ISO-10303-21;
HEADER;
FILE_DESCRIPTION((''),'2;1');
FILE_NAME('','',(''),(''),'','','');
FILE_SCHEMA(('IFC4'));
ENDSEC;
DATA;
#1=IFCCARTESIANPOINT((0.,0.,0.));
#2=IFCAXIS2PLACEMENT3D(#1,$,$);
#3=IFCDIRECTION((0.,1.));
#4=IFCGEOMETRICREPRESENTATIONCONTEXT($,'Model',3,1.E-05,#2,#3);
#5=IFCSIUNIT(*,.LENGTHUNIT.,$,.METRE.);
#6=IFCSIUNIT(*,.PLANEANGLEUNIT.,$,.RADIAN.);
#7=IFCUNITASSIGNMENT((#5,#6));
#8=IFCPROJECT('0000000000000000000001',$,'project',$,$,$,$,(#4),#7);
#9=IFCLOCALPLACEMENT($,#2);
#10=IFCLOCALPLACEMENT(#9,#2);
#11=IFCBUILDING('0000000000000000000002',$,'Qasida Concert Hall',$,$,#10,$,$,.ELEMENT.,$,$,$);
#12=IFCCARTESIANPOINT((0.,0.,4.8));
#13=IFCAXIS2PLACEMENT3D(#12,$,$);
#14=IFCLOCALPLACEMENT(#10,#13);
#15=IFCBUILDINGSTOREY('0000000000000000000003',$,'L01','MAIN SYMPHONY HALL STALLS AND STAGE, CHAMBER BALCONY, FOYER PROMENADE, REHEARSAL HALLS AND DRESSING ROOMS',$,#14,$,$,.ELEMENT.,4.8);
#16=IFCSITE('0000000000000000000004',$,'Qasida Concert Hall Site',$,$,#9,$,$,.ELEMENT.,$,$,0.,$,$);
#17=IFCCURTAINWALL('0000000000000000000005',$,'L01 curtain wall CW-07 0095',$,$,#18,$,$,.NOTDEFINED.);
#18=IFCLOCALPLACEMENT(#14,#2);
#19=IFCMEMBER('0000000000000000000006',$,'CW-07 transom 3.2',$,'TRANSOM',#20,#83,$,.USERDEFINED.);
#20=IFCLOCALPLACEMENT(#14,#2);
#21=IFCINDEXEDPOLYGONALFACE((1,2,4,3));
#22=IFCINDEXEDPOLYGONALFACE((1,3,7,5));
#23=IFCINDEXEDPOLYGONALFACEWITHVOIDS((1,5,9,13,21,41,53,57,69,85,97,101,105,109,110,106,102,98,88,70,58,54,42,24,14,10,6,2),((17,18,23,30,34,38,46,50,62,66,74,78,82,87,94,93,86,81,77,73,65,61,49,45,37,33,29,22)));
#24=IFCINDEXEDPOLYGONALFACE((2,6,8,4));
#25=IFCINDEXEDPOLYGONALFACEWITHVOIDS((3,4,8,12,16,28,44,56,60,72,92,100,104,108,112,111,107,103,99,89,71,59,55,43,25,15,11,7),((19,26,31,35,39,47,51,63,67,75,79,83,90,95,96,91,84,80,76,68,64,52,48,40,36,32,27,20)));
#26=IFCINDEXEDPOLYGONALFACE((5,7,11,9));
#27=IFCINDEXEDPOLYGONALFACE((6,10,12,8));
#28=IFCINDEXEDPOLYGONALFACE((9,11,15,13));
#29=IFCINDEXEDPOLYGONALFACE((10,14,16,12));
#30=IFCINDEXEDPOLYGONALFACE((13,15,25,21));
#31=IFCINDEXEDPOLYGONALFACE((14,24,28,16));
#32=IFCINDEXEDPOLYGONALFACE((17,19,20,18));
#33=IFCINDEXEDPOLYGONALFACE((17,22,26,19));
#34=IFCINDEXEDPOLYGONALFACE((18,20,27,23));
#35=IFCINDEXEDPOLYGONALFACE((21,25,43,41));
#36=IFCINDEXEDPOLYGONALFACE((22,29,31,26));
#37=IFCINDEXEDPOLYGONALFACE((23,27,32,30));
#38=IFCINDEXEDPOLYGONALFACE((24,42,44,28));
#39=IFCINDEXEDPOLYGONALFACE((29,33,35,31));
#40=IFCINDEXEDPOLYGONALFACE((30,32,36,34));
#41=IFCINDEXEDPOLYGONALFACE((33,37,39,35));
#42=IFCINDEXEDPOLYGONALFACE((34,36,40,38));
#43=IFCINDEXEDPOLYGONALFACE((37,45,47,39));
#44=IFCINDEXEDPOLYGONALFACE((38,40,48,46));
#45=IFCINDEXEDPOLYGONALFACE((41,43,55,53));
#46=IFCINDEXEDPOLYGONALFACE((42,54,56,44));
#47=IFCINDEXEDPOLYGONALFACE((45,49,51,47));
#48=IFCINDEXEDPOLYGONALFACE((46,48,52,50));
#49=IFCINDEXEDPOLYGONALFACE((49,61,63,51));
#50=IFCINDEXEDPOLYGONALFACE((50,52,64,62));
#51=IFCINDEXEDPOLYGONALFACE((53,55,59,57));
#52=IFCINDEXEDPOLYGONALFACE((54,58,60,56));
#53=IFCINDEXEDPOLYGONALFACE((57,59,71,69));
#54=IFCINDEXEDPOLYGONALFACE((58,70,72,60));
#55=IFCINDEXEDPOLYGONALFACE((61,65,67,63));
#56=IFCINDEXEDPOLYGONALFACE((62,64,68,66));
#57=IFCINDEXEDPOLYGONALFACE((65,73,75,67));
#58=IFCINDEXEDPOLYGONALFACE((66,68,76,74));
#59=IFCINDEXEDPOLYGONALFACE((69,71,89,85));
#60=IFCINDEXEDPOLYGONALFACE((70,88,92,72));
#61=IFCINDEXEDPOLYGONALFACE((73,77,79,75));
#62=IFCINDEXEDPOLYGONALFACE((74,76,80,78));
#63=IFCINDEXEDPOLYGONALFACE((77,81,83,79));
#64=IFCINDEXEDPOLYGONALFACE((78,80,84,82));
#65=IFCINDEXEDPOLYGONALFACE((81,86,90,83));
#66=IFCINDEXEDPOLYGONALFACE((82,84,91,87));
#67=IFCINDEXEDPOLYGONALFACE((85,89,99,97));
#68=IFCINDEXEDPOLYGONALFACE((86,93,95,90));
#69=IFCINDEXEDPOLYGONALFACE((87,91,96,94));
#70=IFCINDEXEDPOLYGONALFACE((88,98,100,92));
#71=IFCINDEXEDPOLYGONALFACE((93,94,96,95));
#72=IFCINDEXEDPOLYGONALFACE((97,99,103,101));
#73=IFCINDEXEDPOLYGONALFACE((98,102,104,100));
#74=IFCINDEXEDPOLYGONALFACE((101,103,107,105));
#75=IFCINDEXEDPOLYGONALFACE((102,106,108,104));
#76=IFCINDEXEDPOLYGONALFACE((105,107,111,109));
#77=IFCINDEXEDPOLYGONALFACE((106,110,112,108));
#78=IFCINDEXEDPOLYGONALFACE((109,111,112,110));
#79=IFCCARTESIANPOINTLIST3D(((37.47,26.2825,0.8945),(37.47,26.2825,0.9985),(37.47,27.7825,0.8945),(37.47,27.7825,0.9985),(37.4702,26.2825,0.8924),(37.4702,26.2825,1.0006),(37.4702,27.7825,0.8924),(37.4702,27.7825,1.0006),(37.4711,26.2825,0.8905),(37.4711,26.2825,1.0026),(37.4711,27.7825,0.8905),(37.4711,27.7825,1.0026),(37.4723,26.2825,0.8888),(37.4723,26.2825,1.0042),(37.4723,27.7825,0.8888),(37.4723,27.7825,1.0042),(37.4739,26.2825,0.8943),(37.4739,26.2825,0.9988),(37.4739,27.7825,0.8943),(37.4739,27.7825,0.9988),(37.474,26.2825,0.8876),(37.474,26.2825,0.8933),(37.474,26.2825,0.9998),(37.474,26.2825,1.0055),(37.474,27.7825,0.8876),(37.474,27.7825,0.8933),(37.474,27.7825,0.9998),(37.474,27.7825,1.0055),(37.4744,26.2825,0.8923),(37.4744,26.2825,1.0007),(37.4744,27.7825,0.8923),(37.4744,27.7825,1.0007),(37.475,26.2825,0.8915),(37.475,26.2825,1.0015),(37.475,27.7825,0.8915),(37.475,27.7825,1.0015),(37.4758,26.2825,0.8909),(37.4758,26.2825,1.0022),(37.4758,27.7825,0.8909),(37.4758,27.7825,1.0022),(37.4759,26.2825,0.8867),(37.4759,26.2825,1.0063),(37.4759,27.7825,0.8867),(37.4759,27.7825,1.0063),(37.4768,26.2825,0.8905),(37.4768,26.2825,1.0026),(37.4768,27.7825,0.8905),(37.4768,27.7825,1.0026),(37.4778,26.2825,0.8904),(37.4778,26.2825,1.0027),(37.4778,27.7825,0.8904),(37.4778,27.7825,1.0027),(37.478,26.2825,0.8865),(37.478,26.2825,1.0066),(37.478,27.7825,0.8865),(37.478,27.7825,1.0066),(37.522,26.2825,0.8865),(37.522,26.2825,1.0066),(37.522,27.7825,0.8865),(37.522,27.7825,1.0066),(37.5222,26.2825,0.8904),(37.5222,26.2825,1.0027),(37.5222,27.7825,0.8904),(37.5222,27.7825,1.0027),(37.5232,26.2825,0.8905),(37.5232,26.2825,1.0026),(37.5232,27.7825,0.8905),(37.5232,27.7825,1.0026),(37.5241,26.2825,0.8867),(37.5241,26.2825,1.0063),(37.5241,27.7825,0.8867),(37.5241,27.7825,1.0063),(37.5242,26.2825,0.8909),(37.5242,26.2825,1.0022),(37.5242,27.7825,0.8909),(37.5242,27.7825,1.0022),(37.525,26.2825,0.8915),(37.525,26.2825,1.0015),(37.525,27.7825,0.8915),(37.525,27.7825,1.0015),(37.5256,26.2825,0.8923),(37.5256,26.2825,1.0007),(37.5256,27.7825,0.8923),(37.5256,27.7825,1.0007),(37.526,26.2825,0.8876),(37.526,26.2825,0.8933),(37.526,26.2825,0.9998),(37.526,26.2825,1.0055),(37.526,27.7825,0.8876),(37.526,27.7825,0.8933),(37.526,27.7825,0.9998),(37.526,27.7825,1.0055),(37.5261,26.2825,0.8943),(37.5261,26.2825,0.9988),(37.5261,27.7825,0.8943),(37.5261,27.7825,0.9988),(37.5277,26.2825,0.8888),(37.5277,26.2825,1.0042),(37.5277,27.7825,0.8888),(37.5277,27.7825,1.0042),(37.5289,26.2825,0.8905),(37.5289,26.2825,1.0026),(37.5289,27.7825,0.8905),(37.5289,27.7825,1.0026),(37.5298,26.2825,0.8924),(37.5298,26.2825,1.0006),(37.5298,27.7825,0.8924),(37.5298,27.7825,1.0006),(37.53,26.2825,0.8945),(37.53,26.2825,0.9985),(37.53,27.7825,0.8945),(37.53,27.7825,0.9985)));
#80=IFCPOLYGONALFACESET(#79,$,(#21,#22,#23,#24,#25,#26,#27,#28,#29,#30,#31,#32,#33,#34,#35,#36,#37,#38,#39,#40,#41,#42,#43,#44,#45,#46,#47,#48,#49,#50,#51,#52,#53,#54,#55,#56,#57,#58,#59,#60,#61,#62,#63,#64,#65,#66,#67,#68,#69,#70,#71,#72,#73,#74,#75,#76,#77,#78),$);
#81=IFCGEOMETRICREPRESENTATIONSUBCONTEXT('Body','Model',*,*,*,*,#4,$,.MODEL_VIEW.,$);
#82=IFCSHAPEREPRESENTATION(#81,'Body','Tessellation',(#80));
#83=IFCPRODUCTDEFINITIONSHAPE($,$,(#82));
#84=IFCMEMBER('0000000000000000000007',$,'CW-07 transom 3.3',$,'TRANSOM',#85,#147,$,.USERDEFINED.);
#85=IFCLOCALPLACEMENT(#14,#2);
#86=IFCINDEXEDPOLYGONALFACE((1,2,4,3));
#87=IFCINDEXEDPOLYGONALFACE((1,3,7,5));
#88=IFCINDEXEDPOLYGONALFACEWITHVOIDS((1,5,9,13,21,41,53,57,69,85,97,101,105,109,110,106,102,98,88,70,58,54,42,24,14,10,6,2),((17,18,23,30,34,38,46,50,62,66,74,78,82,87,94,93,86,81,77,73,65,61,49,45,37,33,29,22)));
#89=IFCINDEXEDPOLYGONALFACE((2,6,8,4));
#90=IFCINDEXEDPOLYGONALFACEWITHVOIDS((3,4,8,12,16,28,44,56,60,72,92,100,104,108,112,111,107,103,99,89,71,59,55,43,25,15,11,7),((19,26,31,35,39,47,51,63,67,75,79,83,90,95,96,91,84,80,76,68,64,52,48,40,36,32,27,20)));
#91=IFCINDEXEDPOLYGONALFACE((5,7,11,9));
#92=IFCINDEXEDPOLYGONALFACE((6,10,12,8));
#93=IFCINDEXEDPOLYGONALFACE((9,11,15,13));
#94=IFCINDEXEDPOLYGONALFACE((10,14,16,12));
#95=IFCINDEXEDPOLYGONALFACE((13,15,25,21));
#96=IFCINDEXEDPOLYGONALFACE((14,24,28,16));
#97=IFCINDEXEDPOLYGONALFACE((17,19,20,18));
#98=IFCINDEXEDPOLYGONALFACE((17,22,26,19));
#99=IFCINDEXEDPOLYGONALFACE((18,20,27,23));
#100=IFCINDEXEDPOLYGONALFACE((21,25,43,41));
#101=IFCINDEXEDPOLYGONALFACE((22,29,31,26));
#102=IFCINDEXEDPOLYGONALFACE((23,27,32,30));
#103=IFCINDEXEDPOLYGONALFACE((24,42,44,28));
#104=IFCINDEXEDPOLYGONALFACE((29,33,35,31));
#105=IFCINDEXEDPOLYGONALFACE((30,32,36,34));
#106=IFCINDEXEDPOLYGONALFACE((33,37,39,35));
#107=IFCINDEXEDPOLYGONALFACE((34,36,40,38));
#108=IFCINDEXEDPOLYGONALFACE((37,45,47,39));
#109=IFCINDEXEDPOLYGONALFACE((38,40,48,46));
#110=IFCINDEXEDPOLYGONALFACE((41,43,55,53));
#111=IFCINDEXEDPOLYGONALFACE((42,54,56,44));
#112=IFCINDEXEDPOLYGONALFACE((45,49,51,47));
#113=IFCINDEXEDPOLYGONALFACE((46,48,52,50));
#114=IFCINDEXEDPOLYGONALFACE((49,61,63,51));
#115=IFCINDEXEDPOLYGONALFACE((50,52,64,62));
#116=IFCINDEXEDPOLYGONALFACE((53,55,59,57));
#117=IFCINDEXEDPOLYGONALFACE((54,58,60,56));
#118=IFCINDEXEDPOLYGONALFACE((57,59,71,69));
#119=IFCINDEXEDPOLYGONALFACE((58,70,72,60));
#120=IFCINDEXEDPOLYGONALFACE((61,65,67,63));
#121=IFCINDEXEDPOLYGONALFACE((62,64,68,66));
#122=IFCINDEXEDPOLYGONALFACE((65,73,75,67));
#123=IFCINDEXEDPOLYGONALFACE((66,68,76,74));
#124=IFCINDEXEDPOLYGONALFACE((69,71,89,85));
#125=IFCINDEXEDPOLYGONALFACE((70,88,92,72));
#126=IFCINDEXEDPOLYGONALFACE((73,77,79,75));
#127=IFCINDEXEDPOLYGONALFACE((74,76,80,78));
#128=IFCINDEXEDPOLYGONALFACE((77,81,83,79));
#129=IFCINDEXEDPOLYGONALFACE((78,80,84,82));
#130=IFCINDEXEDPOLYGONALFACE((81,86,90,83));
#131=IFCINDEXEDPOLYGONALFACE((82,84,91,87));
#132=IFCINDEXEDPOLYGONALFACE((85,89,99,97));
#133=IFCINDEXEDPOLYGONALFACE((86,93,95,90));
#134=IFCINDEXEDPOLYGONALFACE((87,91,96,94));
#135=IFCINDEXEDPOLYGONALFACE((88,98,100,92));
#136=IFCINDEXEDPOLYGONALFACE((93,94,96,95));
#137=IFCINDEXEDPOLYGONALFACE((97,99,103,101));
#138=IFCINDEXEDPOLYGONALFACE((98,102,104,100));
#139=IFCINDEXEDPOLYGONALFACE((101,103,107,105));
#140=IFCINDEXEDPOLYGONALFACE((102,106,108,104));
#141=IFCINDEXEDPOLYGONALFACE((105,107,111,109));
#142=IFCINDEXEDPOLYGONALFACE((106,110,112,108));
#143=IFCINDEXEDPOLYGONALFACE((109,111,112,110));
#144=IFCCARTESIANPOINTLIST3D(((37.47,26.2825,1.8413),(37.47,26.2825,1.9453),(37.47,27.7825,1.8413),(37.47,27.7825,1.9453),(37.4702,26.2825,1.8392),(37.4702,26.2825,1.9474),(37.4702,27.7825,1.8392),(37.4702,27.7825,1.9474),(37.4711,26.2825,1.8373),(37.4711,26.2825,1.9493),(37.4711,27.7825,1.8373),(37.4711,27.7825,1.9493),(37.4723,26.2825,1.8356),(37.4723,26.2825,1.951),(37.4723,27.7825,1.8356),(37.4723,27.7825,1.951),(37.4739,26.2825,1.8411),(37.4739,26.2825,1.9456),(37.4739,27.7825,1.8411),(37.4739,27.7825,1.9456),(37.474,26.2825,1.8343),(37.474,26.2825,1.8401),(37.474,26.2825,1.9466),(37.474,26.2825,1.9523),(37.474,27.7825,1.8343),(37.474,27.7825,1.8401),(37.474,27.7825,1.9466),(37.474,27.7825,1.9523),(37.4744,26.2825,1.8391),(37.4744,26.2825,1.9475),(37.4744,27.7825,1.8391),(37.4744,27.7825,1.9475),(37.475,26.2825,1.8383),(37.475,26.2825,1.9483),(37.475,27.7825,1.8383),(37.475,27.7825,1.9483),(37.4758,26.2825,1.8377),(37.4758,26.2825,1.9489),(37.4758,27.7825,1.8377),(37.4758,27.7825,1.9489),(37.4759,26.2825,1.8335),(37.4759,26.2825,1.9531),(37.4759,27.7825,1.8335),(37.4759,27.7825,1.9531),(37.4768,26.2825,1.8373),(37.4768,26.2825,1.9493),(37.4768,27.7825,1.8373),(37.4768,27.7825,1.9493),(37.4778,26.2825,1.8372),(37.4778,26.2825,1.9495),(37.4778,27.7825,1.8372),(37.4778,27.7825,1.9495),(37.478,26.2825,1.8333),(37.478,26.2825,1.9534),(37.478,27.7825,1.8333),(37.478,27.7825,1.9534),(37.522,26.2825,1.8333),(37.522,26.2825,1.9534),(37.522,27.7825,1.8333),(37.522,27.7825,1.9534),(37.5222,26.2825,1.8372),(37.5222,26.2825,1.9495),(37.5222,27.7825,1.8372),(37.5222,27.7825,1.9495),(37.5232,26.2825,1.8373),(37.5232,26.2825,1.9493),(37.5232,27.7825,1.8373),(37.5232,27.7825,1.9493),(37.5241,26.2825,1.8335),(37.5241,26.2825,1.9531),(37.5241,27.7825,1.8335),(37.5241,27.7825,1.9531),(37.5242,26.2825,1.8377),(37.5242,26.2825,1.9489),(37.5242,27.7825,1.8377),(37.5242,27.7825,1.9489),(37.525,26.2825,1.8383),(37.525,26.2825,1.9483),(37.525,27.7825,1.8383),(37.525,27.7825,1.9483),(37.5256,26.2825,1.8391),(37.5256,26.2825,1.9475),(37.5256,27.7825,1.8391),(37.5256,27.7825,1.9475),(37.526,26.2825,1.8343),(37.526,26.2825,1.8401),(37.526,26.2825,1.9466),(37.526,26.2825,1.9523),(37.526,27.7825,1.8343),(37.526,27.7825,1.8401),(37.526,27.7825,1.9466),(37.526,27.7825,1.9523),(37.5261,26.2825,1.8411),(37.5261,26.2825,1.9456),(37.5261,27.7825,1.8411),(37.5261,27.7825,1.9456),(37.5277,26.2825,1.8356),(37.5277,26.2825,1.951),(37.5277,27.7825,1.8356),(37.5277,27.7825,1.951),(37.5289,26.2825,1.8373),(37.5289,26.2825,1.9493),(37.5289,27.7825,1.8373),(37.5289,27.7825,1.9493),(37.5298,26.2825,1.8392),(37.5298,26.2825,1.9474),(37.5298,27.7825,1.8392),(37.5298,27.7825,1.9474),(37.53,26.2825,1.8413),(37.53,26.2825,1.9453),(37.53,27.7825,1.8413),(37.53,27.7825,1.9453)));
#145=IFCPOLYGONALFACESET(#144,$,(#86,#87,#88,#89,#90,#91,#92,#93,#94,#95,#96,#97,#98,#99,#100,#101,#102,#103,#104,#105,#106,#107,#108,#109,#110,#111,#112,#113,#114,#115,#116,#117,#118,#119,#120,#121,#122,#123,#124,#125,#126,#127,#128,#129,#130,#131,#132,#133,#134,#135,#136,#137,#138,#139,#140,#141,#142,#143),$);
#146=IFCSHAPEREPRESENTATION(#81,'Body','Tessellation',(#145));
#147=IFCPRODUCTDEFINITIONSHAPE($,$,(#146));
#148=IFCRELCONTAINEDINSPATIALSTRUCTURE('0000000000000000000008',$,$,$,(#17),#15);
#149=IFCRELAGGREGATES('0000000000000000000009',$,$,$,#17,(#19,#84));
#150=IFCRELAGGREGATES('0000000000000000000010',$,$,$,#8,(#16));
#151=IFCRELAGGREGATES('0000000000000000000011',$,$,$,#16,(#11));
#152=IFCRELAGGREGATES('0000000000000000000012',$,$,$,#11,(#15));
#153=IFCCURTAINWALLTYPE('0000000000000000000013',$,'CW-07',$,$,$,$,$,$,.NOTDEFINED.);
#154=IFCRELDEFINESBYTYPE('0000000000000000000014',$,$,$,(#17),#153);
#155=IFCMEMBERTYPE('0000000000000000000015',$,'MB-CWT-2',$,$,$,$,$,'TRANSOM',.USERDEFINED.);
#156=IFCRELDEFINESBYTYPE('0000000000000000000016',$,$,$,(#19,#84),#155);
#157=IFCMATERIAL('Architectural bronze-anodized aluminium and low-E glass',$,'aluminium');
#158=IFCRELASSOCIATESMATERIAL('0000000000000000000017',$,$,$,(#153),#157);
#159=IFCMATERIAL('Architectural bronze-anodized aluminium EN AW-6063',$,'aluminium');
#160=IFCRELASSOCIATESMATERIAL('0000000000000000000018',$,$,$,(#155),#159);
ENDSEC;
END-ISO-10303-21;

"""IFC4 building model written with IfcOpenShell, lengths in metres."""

from ifc_helpers import new_model, si_unit, direction, frame, origin, origin_2d, place, context, subcontext, project, spatial, hollow_rectangle, extrude, material, material_profile, profile_set, type_object, element, aggregate, save


model = new_model("IFC4")

# Units and contexts
model_context = context("Model", 3, precision=1e-05, world=origin(), true_north=direction((0.0, 1.0)))
body_context = subcontext(model_context, "Body", "Model", "MODEL_VIEW")
ifc_project = project(units=[si_unit("LENGTHUNIT", "METRE"), si_unit("PLANEANGLEUNIT", "RADIAN")], contexts=[model_context])

# Site, building, storey
site_placement = place(None, origin())
site = spatial("IfcSite", under=ifc_project, at=site_placement, Name="Qasida Concert Hall Site", CompositionType="ELEMENT", RefElevation=0.0)
building_placement = place(site_placement, origin())
building = spatial("IfcBuilding", under=site, at=building_placement, Name="Qasida Concert Hall", CompositionType="ELEMENT")
storey_placement = place(building_placement, frame((0.0, 0.0, 4.8)))
storey = spatial("IfcBuildingStorey", under=building, at=storey_placement, Name="L01", Description="MAIN SYMPHONY HALL STALLS AND STAGE, CHAMBER BALCONY, FOYER PROMENADE, REHEARSAL HALLS AND DRESSING ROOMS", CompositionType="ELEMENT", Elevation=4.8)

# Curtain wall
ifc_material_1 = material(Name="Architectural bronze-anodized aluminium and low-E glass", Category="aluminium")
curtain_wall_type_1 = type_object("IfcCurtainWallType", Name="CW-07", PredefinedType="NOTDEFINED", material=ifc_material_1)
curtain_wall_1_placement = place(storey_placement, origin())
curtain_wall_1 = element("IfcCurtainWall", 1, at=curtain_wall_1_placement, inside=storey, type_object=curtain_wall_type_1, Name="L01 curtain wall CW-07 0095", PredefinedType="NOTDEFINED")
ifc_material_2 = material(Name="Architectural bronze-anodized aluminium EN AW-6063", Category="aluminium")

# Members
ifc_material_profile_1 = material_profile(ifc_material_2, hollow_rectangle(XDim=0.0601, YDim=0.1201, WallThickness=0.0039, InnerFilletRadius=0.0039, OuterFilletRadius=0.0081, at=origin_2d()), Name="CWT 120x60x4")
ifc_profile_set_1 = profile_set([ifc_material_profile_1], Name="Architectural bronze-anodized aluminium EN AW-6063")
member_type_1 = type_object("IfcMemberType", Name="MB-CWT-2", ElementType="TRANSOM", PredefinedType="USERDEFINED", material=ifc_profile_set_1)
member_1_placement = place(storey_placement, frame((37.5, 26.2825, 0.9465), z_axis=(0.0, 1.0, 0.0), x_axis=(-1.0, 0.0, 0.0)))
member_1 = element("IfcMember", 2, at=member_1_placement, type_object=member_type_1, Name="CW-07 transom 3.2", ObjectType="TRANSOM", PredefinedType="USERDEFINED", context=body_context, shape_type="SweptSolid", body=[
    extrude(hollow_rectangle(XDim=0.0601, YDim=0.1201, WallThickness=0.0039, InnerFilletRadius=0.0039, OuterFilletRadius=0.0081, at=origin_2d()), origin(), (0.0, 0.0, 1.0), 1.5),
])
member_2_placement = place(storey_placement, frame((37.5, 26.2825, 1.8933), z_axis=(0.0, 1.0, 0.0), x_axis=(-1.0, 0.0, 0.0)))
member_2 = element("IfcMember", 3, at=member_2_placement, type_object=member_type_1, Name="CW-07 transom 3.3", ObjectType="TRANSOM", PredefinedType="USERDEFINED", context=body_context, shape_type="SweptSolid", body=[
    extrude(hollow_rectangle(XDim=0.0601, YDim=0.1201, WallThickness=0.0039, InnerFilletRadius=0.0039, OuterFilletRadius=0.0081, at=origin_2d()), origin(), (0.0, 0.0, 1.0), 1.5),
])

aggregate(curtain_wall_1, [member_1, member_2])

save(model, "model.ifc")
